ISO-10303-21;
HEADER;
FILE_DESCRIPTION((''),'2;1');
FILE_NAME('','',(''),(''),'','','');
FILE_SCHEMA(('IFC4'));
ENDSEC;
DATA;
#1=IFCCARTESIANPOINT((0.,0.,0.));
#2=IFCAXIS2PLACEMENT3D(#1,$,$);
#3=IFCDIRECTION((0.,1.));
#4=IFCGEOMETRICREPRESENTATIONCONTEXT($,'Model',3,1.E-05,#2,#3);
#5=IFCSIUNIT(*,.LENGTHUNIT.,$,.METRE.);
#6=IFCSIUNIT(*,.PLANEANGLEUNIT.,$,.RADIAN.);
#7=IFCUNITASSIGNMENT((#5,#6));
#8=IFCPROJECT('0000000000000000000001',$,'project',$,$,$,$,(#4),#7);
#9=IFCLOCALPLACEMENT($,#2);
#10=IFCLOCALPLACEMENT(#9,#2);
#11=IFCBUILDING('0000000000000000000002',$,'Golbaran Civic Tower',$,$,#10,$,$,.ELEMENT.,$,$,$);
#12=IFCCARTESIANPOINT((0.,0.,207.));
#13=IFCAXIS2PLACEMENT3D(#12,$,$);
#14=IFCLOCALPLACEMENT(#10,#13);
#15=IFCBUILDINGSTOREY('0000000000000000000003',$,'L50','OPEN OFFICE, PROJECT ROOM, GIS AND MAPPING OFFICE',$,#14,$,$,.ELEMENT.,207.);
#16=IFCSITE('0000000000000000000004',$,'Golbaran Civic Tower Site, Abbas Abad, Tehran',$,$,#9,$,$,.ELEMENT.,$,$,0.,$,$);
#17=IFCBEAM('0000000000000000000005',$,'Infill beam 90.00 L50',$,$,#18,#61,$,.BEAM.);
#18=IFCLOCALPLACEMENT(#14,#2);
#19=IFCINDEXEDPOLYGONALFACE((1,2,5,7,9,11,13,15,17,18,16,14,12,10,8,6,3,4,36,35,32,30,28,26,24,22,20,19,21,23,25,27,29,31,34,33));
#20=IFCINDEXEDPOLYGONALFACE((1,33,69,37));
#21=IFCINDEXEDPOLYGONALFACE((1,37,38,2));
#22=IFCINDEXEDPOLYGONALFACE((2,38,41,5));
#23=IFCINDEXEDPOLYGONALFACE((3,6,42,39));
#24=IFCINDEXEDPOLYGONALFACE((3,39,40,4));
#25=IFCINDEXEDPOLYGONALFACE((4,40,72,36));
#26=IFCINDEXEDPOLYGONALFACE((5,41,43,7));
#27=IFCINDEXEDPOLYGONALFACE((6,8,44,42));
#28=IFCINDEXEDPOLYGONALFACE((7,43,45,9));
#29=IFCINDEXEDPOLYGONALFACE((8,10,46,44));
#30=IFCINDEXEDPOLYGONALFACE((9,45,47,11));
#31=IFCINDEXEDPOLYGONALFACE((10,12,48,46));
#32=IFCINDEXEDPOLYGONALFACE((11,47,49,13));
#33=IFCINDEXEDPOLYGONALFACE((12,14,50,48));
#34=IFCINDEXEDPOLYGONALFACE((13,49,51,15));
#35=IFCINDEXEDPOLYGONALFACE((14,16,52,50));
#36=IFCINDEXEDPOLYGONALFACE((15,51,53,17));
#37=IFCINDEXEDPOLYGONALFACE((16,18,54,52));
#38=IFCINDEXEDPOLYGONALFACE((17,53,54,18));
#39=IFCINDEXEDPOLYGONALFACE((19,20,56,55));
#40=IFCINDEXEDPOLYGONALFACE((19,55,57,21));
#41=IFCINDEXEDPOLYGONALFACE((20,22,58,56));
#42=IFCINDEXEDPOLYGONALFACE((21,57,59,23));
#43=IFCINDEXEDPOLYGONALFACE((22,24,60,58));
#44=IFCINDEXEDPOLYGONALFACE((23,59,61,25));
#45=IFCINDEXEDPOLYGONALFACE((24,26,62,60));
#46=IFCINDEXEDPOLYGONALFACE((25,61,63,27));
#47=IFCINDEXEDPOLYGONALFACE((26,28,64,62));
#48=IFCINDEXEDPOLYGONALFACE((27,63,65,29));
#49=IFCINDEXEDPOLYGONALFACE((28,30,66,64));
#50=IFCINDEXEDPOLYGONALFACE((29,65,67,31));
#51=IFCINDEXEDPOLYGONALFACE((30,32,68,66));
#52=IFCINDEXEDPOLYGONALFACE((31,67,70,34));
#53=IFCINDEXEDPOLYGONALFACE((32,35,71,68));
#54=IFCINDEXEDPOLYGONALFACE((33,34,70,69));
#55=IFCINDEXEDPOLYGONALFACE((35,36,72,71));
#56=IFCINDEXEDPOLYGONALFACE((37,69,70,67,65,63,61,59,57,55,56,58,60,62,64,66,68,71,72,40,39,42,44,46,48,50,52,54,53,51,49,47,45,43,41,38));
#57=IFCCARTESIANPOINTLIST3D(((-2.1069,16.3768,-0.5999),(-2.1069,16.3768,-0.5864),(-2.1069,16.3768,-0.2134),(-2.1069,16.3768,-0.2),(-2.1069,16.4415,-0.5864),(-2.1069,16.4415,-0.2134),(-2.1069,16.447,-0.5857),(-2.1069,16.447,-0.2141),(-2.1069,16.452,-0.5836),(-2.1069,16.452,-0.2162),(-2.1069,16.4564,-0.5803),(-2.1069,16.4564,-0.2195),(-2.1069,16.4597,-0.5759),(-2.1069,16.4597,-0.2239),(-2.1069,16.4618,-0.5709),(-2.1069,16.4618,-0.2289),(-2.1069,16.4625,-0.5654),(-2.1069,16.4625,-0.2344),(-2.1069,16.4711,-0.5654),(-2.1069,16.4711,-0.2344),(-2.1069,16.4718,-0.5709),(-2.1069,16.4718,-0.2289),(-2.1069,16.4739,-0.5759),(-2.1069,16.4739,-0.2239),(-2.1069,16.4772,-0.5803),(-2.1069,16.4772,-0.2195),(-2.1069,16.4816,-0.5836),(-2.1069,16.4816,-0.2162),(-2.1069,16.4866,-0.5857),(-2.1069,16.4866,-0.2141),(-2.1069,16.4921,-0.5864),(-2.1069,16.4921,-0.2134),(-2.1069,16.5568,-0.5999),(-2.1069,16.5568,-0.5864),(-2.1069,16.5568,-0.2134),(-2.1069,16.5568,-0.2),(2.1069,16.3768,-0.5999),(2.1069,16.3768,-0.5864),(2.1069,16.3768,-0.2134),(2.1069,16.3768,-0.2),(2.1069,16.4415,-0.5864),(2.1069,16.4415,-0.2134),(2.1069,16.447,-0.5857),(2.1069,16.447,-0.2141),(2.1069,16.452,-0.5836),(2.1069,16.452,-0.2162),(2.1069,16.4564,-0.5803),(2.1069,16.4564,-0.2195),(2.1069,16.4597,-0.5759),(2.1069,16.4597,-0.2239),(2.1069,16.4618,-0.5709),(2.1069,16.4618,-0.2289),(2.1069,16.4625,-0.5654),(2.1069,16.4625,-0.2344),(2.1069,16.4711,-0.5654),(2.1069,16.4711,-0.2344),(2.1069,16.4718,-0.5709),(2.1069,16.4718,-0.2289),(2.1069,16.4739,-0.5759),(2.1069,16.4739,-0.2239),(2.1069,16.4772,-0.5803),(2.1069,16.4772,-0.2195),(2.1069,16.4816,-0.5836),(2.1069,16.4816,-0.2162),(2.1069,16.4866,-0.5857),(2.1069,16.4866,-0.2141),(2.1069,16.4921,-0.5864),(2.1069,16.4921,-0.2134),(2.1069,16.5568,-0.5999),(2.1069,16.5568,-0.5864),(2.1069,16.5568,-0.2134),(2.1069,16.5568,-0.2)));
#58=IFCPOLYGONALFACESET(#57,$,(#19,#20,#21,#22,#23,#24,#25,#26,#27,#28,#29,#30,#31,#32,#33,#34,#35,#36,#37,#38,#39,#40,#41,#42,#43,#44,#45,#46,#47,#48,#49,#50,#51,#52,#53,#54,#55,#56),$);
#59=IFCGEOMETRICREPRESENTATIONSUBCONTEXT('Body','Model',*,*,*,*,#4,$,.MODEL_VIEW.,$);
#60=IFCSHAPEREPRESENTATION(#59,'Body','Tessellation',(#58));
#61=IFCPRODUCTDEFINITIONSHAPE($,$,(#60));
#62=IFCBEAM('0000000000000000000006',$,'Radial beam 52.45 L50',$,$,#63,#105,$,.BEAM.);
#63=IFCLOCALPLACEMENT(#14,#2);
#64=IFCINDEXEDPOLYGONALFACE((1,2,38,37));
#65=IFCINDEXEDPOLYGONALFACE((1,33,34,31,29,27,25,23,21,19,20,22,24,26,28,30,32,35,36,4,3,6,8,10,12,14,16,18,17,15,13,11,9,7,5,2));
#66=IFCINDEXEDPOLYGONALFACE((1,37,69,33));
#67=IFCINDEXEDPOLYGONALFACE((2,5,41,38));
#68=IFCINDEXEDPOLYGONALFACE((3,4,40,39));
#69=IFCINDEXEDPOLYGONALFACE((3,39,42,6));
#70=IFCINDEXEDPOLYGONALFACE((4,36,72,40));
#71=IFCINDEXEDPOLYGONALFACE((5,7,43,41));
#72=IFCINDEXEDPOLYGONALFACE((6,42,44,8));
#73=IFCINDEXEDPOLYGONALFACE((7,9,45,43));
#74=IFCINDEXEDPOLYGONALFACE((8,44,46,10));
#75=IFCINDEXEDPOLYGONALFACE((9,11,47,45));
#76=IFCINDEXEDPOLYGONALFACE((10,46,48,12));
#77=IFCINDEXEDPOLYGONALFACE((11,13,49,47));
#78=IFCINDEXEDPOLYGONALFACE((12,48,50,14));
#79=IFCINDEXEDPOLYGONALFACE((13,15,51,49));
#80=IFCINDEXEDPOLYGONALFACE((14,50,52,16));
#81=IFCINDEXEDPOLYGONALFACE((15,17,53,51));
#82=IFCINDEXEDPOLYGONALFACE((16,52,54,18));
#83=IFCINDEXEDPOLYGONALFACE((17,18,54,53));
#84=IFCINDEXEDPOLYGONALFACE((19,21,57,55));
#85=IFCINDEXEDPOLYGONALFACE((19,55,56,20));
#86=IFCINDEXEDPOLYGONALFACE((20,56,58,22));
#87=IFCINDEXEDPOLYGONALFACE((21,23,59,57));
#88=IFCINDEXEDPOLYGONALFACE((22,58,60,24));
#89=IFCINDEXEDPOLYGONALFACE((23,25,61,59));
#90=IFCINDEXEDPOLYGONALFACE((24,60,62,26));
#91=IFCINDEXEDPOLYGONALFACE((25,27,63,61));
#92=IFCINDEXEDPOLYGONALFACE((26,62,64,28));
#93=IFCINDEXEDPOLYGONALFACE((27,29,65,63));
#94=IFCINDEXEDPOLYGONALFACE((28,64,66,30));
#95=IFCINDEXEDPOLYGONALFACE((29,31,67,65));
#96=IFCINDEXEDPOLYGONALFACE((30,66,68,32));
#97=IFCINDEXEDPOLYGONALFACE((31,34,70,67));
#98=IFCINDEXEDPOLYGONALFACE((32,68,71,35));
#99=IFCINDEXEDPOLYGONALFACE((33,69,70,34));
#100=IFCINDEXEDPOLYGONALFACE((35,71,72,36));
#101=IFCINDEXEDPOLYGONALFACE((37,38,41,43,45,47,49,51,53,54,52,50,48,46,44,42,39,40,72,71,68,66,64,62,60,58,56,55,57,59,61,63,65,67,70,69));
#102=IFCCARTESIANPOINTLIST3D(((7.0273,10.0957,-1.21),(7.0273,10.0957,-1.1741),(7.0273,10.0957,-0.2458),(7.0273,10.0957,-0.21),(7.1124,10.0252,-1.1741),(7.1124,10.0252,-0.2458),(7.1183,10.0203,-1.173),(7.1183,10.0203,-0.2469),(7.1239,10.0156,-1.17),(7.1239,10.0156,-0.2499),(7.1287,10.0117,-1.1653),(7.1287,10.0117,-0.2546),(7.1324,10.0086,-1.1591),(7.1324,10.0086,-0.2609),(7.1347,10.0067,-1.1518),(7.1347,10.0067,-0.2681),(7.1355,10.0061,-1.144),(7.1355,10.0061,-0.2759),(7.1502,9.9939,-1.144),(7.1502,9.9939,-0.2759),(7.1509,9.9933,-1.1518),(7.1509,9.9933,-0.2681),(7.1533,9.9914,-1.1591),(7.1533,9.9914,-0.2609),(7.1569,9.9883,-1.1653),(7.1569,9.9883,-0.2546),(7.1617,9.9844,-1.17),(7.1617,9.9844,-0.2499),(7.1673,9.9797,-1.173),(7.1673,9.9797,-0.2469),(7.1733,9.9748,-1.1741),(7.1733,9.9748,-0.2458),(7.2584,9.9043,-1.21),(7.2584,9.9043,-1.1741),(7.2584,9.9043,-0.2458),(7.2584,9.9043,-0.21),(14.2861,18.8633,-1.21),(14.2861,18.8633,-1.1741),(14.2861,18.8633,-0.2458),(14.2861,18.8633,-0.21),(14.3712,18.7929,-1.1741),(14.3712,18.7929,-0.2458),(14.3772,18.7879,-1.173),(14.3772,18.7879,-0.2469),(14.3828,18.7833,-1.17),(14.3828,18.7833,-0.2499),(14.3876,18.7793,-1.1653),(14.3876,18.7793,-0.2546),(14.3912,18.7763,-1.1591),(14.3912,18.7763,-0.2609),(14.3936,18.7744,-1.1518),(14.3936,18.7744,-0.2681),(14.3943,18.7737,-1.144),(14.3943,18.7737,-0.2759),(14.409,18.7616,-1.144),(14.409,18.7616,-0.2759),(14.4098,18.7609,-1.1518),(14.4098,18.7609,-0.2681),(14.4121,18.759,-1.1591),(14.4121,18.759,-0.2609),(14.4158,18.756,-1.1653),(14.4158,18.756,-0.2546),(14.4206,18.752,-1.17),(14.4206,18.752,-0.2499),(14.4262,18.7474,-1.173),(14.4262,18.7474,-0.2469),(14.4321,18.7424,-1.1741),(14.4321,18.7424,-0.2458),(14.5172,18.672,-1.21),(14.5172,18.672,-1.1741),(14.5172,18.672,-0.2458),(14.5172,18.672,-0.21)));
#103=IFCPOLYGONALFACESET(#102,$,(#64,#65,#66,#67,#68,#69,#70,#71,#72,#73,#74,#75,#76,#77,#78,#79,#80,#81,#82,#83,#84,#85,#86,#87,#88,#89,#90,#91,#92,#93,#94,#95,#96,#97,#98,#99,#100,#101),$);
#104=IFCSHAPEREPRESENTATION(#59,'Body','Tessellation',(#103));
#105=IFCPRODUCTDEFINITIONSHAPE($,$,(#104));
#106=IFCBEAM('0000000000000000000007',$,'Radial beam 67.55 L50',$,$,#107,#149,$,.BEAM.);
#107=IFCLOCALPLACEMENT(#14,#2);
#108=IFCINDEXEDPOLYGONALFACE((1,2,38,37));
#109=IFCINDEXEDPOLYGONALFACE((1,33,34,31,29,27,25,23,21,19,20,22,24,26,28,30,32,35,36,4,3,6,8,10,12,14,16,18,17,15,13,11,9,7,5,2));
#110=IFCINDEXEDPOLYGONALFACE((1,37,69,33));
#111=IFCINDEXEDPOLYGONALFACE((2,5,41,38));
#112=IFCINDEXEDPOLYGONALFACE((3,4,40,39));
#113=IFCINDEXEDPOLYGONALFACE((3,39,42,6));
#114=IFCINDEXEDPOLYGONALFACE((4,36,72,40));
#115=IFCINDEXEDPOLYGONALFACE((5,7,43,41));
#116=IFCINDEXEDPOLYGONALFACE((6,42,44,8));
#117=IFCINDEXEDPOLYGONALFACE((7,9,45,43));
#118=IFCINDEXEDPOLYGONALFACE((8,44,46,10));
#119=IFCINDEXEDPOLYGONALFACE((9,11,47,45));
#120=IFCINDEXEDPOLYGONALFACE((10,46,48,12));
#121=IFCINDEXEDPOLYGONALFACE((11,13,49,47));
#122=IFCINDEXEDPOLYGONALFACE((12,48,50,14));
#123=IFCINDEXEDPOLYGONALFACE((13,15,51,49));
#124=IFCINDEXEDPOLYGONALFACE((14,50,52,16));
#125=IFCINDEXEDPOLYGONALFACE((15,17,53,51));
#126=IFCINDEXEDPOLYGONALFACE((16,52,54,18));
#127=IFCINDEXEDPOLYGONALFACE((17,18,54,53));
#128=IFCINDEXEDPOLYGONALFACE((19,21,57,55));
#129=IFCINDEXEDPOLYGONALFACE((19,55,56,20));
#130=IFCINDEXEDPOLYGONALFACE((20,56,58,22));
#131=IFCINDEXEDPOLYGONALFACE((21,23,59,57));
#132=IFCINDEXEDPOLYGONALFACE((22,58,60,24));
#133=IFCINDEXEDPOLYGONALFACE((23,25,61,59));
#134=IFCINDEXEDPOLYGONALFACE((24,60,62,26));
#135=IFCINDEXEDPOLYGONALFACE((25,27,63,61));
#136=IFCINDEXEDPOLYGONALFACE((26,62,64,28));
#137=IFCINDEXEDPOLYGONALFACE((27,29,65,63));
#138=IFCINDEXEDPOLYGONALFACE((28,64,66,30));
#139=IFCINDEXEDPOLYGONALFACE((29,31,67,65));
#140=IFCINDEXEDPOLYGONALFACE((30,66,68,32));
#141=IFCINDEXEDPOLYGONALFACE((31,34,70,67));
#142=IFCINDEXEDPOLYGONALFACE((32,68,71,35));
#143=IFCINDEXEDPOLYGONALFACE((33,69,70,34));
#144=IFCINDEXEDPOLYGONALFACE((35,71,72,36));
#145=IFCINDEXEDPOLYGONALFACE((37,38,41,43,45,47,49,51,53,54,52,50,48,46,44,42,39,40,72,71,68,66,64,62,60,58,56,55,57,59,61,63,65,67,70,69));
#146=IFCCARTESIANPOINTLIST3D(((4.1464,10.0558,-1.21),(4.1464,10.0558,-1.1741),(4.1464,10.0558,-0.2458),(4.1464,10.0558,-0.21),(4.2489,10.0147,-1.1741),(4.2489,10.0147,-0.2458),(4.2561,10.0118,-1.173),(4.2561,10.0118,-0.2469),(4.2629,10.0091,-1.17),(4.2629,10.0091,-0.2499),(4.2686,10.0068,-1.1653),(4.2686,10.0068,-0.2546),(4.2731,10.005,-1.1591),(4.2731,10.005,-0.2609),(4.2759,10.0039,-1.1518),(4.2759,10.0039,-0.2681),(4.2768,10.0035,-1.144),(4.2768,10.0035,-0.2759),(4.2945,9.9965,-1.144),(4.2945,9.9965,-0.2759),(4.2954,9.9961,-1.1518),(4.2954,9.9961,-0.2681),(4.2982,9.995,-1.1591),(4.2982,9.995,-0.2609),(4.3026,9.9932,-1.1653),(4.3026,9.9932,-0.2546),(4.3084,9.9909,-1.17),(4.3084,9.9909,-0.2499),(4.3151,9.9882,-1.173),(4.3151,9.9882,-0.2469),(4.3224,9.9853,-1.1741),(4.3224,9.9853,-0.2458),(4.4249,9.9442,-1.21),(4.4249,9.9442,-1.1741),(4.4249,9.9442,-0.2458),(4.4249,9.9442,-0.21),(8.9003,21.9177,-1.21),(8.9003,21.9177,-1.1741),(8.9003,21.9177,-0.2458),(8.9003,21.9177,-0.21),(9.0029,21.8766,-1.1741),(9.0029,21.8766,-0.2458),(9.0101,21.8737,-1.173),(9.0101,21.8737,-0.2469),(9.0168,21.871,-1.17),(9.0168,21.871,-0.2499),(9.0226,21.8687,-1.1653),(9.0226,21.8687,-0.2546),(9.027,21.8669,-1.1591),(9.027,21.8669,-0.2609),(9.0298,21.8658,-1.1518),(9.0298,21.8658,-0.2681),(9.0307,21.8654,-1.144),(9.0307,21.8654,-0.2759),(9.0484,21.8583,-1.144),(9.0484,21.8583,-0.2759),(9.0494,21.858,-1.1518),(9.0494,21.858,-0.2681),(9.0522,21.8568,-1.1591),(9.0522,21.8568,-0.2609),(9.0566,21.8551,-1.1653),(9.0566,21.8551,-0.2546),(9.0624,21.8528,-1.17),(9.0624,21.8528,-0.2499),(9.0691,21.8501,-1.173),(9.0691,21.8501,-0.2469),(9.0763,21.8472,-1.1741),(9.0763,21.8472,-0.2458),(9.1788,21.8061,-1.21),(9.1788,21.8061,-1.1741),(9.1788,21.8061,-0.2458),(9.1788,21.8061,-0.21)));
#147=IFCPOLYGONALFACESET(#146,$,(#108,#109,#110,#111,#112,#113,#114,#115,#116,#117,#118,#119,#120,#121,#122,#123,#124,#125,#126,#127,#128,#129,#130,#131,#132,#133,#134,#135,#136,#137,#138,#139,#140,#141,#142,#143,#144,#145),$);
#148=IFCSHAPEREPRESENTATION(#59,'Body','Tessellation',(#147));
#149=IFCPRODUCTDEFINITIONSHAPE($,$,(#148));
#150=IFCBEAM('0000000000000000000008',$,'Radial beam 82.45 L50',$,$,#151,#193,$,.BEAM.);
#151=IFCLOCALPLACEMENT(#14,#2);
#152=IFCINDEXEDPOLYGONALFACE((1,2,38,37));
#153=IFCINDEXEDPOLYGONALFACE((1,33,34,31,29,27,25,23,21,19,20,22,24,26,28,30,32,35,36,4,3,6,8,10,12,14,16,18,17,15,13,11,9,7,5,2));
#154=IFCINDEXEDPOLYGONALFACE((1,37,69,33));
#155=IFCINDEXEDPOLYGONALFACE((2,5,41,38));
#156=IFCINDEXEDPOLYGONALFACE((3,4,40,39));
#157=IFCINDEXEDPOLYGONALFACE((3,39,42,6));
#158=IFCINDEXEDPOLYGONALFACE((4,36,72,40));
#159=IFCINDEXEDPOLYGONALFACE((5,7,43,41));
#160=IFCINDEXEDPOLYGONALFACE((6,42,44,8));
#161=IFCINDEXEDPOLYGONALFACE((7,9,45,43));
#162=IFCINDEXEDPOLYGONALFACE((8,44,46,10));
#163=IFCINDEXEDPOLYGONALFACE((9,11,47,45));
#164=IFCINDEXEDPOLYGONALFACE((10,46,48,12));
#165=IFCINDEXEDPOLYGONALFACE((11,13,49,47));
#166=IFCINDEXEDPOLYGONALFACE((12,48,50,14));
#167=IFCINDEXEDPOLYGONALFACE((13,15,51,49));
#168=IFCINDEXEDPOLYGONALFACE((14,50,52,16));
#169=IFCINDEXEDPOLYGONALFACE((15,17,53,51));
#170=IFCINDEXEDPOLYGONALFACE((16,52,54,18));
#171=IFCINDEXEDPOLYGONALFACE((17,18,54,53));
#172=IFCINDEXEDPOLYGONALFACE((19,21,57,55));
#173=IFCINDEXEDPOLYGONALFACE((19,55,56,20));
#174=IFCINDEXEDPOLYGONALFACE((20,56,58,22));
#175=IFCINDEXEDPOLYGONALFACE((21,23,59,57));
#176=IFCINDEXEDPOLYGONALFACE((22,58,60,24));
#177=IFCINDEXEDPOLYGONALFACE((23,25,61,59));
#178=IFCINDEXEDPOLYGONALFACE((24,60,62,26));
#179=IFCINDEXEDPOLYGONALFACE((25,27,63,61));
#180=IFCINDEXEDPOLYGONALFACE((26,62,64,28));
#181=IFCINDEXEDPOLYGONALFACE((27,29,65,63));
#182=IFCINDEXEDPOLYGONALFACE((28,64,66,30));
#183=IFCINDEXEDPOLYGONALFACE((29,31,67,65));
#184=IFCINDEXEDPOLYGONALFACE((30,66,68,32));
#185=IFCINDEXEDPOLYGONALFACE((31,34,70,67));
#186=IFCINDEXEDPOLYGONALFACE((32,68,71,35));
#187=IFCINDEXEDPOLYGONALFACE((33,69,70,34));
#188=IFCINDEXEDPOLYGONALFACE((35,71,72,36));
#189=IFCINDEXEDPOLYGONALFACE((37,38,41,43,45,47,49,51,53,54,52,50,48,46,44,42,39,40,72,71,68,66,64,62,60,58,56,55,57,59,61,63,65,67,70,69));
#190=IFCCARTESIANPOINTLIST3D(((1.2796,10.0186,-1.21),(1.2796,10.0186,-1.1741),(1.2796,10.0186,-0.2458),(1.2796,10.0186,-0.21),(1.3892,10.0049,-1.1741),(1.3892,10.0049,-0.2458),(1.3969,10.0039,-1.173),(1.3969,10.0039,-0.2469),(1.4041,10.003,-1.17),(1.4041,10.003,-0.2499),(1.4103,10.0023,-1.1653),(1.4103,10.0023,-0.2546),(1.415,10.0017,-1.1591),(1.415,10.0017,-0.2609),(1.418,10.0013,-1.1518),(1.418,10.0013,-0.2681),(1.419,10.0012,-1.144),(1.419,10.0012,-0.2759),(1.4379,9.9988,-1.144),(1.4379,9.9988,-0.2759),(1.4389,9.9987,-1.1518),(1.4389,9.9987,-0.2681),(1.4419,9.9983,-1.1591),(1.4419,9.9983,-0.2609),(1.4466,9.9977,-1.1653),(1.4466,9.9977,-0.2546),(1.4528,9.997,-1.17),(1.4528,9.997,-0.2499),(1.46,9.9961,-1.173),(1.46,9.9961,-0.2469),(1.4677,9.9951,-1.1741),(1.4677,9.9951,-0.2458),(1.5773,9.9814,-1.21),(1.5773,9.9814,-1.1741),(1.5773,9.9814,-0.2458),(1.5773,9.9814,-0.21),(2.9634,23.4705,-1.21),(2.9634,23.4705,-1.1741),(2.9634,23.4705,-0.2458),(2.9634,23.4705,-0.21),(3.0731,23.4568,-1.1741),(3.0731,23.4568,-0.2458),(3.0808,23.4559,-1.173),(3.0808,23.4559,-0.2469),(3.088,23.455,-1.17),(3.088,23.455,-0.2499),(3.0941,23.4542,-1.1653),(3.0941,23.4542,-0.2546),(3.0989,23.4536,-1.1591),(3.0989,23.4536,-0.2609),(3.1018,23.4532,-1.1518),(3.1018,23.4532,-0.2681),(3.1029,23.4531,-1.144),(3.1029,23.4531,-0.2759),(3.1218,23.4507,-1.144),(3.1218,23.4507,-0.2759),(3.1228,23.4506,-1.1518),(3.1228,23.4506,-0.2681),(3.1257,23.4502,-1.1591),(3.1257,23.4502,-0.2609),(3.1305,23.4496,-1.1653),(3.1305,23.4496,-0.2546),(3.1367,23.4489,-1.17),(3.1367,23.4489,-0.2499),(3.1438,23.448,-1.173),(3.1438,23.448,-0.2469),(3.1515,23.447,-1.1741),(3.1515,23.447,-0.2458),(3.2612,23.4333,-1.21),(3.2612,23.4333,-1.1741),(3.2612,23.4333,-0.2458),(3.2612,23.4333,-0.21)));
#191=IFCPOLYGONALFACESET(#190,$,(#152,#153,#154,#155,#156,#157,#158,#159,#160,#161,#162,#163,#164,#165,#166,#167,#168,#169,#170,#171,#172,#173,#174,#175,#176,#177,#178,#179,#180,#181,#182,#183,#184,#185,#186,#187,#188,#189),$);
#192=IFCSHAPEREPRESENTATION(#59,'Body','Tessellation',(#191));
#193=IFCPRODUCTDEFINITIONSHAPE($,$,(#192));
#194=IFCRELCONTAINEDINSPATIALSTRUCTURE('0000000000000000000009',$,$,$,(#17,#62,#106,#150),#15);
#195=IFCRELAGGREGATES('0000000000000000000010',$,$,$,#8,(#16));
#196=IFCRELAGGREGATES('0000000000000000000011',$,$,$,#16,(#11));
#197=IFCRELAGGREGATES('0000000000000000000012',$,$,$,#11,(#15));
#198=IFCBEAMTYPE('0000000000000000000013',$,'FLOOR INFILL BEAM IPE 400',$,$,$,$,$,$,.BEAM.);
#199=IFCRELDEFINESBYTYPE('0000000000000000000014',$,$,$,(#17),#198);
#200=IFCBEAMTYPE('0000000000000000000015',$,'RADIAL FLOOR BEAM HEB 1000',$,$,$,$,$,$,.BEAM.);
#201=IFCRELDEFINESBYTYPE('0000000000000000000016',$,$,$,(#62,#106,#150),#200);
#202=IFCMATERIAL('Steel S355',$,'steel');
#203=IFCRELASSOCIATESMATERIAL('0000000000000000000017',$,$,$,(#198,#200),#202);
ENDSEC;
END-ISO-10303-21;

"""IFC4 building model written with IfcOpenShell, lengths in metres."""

from ifc_helpers import new_model, si_unit, direction, frame, origin, origin_2d, place, context, subcontext, project, spatial, i_section, extrude, material, material_profile, profile_set, type_object, element, save


model = new_model("IFC4")

# Units and contexts
model_context = context("Model", 3, precision=1e-05, world=origin(), true_north=direction((0.0, 1.0)))
body_context = subcontext(model_context, "Body", "Model", "MODEL_VIEW")
ifc_project = project(units=[si_unit("LENGTHUNIT", "METRE"), si_unit("PLANEANGLEUNIT", "RADIAN")], contexts=[model_context])

# Site, building, storey
site_placement = place(None, origin())
site = spatial("IfcSite", under=ifc_project, at=site_placement, Name="Golbaran Civic Tower Site, Abbas Abad, Tehran", CompositionType="ELEMENT", RefElevation=0.0)
building_placement = place(site_placement, origin())
building = spatial("IfcBuilding", under=site, at=building_placement, Name="Golbaran Civic Tower", CompositionType="ELEMENT")
storey_placement = place(building_placement, frame((0.0, 0.0, 207.0)))
storey = spatial("IfcBuildingStorey", under=building, at=storey_placement, Name="L50", Description="OPEN OFFICE, PROJECT ROOM, GIS AND MAPPING OFFICE", CompositionType="ELEMENT", Elevation=207.0)

# Beams
ifc_material_1 = material(Name="Steel S355", Category="steel")
ifc_material_profile_1 = material_profile(ifc_material_1, i_section(OverallWidth=0.1799, OverallDepth=0.3999, WebThickness=0.0085, FlangeThickness=0.0134, FilletRadius=0.021, at=origin_2d()), Name="IPE 400")
ifc_profile_set_1 = profile_set([ifc_material_profile_1], Name="Steel S355")
beam_type_1 = type_object("IfcBeamType", Name="FLOOR INFILL BEAM IPE 400", PredefinedType="BEAM", material=ifc_profile_set_1)
beam_1_placement = place(storey_placement, frame((2.1069, 16.4668, -0.3999), z_axis=(-1.0, 0.0, 0.0), x_axis=(0.0, -1.0, 0.0)))
element("IfcBeam", 1, at=beam_1_placement, inside=storey, type_object=beam_type_1, Name="Infill beam 90.00 L50", PredefinedType="BEAM", context=body_context, shape_type="SweptSolid", body=[
    extrude(i_section(OverallWidth=0.1799, OverallDepth=0.3999, WebThickness=0.0085, FlangeThickness=0.0134, FilletRadius=0.021, at=origin_2d()), origin(), (0.0, 0.0, 1.0), 4.2139),
])
ifc_material_profile_2 = material_profile(ifc_material_1, i_section(OverallWidth=0.3, OverallDepth=1.0, WebThickness=0.019, FlangeThickness=0.0359, FilletRadius=0.03, at=origin_2d()), Name="HEB 1000")
ifc_profile_set_2 = profile_set([ifc_material_profile_2], Name="Steel S355")
beam_type_2 = type_object("IfcBeamType", Name="RADIAL FLOOR BEAM HEB 1000", PredefinedType="BEAM", material=ifc_profile_set_2)
beam_2_placement = place(storey_placement, frame((7.1428, 10.0, -0.71), z_axis=(0.637717, 0.770271, 0.0), x_axis=(-0.770271, 0.637717, 0.0)))
element("IfcBeam", 2, at=beam_2_placement, inside=storey, type_object=beam_type_2, Name="Radial beam 52.45 L50", PredefinedType="BEAM", context=body_context, shape_type="SweptSolid", body=[
    extrude(i_section(OverallWidth=0.3, OverallDepth=1.0, WebThickness=0.019, FlangeThickness=0.0359, FilletRadius=0.03, at=origin_2d()), origin(), (0.0, 0.0, 1.0), 11.3826),
])
beam_3_placement = place(storey_placement, frame((4.2856, 10.0, -0.71), z_axis=(0.37201, 0.928229, 0.0), x_axis=(-0.928229, 0.37201, 0.0)))
element("IfcBeam", 3, at=beam_3_placement, inside=storey, type_object=beam_type_2, Name="Radial beam 67.55 L50", PredefinedType="BEAM", context=body_context, shape_type="SweptSolid", body=[
    extrude(i_section(OverallWidth=0.3, OverallDepth=1.0, WebThickness=0.019, FlangeThickness=0.0359, FilletRadius=0.03, at=origin_2d()), origin(), (0.0, 0.0, 1.0), 12.7791),
])
beam_4_placement = place(storey_placement, frame((1.4285, 10.0, -0.71), z_axis=(0.124205, 0.992257, 0.0), x_axis=(-0.992257, 0.124205, 0.0)))
element("IfcBeam", 4, at=beam_4_placement, inside=storey, type_object=beam_type_2, Name="Radial beam 82.45 L50", PredefinedType="BEAM", context=body_context, shape_type="SweptSolid", body=[
    extrude(i_section(OverallWidth=0.3, OverallDepth=1.0, WebThickness=0.019, FlangeThickness=0.0359, FilletRadius=0.03, at=origin_2d()), origin(), (0.0, 0.0, 1.0), 13.5569),
])

save(model, "model.ifc")
